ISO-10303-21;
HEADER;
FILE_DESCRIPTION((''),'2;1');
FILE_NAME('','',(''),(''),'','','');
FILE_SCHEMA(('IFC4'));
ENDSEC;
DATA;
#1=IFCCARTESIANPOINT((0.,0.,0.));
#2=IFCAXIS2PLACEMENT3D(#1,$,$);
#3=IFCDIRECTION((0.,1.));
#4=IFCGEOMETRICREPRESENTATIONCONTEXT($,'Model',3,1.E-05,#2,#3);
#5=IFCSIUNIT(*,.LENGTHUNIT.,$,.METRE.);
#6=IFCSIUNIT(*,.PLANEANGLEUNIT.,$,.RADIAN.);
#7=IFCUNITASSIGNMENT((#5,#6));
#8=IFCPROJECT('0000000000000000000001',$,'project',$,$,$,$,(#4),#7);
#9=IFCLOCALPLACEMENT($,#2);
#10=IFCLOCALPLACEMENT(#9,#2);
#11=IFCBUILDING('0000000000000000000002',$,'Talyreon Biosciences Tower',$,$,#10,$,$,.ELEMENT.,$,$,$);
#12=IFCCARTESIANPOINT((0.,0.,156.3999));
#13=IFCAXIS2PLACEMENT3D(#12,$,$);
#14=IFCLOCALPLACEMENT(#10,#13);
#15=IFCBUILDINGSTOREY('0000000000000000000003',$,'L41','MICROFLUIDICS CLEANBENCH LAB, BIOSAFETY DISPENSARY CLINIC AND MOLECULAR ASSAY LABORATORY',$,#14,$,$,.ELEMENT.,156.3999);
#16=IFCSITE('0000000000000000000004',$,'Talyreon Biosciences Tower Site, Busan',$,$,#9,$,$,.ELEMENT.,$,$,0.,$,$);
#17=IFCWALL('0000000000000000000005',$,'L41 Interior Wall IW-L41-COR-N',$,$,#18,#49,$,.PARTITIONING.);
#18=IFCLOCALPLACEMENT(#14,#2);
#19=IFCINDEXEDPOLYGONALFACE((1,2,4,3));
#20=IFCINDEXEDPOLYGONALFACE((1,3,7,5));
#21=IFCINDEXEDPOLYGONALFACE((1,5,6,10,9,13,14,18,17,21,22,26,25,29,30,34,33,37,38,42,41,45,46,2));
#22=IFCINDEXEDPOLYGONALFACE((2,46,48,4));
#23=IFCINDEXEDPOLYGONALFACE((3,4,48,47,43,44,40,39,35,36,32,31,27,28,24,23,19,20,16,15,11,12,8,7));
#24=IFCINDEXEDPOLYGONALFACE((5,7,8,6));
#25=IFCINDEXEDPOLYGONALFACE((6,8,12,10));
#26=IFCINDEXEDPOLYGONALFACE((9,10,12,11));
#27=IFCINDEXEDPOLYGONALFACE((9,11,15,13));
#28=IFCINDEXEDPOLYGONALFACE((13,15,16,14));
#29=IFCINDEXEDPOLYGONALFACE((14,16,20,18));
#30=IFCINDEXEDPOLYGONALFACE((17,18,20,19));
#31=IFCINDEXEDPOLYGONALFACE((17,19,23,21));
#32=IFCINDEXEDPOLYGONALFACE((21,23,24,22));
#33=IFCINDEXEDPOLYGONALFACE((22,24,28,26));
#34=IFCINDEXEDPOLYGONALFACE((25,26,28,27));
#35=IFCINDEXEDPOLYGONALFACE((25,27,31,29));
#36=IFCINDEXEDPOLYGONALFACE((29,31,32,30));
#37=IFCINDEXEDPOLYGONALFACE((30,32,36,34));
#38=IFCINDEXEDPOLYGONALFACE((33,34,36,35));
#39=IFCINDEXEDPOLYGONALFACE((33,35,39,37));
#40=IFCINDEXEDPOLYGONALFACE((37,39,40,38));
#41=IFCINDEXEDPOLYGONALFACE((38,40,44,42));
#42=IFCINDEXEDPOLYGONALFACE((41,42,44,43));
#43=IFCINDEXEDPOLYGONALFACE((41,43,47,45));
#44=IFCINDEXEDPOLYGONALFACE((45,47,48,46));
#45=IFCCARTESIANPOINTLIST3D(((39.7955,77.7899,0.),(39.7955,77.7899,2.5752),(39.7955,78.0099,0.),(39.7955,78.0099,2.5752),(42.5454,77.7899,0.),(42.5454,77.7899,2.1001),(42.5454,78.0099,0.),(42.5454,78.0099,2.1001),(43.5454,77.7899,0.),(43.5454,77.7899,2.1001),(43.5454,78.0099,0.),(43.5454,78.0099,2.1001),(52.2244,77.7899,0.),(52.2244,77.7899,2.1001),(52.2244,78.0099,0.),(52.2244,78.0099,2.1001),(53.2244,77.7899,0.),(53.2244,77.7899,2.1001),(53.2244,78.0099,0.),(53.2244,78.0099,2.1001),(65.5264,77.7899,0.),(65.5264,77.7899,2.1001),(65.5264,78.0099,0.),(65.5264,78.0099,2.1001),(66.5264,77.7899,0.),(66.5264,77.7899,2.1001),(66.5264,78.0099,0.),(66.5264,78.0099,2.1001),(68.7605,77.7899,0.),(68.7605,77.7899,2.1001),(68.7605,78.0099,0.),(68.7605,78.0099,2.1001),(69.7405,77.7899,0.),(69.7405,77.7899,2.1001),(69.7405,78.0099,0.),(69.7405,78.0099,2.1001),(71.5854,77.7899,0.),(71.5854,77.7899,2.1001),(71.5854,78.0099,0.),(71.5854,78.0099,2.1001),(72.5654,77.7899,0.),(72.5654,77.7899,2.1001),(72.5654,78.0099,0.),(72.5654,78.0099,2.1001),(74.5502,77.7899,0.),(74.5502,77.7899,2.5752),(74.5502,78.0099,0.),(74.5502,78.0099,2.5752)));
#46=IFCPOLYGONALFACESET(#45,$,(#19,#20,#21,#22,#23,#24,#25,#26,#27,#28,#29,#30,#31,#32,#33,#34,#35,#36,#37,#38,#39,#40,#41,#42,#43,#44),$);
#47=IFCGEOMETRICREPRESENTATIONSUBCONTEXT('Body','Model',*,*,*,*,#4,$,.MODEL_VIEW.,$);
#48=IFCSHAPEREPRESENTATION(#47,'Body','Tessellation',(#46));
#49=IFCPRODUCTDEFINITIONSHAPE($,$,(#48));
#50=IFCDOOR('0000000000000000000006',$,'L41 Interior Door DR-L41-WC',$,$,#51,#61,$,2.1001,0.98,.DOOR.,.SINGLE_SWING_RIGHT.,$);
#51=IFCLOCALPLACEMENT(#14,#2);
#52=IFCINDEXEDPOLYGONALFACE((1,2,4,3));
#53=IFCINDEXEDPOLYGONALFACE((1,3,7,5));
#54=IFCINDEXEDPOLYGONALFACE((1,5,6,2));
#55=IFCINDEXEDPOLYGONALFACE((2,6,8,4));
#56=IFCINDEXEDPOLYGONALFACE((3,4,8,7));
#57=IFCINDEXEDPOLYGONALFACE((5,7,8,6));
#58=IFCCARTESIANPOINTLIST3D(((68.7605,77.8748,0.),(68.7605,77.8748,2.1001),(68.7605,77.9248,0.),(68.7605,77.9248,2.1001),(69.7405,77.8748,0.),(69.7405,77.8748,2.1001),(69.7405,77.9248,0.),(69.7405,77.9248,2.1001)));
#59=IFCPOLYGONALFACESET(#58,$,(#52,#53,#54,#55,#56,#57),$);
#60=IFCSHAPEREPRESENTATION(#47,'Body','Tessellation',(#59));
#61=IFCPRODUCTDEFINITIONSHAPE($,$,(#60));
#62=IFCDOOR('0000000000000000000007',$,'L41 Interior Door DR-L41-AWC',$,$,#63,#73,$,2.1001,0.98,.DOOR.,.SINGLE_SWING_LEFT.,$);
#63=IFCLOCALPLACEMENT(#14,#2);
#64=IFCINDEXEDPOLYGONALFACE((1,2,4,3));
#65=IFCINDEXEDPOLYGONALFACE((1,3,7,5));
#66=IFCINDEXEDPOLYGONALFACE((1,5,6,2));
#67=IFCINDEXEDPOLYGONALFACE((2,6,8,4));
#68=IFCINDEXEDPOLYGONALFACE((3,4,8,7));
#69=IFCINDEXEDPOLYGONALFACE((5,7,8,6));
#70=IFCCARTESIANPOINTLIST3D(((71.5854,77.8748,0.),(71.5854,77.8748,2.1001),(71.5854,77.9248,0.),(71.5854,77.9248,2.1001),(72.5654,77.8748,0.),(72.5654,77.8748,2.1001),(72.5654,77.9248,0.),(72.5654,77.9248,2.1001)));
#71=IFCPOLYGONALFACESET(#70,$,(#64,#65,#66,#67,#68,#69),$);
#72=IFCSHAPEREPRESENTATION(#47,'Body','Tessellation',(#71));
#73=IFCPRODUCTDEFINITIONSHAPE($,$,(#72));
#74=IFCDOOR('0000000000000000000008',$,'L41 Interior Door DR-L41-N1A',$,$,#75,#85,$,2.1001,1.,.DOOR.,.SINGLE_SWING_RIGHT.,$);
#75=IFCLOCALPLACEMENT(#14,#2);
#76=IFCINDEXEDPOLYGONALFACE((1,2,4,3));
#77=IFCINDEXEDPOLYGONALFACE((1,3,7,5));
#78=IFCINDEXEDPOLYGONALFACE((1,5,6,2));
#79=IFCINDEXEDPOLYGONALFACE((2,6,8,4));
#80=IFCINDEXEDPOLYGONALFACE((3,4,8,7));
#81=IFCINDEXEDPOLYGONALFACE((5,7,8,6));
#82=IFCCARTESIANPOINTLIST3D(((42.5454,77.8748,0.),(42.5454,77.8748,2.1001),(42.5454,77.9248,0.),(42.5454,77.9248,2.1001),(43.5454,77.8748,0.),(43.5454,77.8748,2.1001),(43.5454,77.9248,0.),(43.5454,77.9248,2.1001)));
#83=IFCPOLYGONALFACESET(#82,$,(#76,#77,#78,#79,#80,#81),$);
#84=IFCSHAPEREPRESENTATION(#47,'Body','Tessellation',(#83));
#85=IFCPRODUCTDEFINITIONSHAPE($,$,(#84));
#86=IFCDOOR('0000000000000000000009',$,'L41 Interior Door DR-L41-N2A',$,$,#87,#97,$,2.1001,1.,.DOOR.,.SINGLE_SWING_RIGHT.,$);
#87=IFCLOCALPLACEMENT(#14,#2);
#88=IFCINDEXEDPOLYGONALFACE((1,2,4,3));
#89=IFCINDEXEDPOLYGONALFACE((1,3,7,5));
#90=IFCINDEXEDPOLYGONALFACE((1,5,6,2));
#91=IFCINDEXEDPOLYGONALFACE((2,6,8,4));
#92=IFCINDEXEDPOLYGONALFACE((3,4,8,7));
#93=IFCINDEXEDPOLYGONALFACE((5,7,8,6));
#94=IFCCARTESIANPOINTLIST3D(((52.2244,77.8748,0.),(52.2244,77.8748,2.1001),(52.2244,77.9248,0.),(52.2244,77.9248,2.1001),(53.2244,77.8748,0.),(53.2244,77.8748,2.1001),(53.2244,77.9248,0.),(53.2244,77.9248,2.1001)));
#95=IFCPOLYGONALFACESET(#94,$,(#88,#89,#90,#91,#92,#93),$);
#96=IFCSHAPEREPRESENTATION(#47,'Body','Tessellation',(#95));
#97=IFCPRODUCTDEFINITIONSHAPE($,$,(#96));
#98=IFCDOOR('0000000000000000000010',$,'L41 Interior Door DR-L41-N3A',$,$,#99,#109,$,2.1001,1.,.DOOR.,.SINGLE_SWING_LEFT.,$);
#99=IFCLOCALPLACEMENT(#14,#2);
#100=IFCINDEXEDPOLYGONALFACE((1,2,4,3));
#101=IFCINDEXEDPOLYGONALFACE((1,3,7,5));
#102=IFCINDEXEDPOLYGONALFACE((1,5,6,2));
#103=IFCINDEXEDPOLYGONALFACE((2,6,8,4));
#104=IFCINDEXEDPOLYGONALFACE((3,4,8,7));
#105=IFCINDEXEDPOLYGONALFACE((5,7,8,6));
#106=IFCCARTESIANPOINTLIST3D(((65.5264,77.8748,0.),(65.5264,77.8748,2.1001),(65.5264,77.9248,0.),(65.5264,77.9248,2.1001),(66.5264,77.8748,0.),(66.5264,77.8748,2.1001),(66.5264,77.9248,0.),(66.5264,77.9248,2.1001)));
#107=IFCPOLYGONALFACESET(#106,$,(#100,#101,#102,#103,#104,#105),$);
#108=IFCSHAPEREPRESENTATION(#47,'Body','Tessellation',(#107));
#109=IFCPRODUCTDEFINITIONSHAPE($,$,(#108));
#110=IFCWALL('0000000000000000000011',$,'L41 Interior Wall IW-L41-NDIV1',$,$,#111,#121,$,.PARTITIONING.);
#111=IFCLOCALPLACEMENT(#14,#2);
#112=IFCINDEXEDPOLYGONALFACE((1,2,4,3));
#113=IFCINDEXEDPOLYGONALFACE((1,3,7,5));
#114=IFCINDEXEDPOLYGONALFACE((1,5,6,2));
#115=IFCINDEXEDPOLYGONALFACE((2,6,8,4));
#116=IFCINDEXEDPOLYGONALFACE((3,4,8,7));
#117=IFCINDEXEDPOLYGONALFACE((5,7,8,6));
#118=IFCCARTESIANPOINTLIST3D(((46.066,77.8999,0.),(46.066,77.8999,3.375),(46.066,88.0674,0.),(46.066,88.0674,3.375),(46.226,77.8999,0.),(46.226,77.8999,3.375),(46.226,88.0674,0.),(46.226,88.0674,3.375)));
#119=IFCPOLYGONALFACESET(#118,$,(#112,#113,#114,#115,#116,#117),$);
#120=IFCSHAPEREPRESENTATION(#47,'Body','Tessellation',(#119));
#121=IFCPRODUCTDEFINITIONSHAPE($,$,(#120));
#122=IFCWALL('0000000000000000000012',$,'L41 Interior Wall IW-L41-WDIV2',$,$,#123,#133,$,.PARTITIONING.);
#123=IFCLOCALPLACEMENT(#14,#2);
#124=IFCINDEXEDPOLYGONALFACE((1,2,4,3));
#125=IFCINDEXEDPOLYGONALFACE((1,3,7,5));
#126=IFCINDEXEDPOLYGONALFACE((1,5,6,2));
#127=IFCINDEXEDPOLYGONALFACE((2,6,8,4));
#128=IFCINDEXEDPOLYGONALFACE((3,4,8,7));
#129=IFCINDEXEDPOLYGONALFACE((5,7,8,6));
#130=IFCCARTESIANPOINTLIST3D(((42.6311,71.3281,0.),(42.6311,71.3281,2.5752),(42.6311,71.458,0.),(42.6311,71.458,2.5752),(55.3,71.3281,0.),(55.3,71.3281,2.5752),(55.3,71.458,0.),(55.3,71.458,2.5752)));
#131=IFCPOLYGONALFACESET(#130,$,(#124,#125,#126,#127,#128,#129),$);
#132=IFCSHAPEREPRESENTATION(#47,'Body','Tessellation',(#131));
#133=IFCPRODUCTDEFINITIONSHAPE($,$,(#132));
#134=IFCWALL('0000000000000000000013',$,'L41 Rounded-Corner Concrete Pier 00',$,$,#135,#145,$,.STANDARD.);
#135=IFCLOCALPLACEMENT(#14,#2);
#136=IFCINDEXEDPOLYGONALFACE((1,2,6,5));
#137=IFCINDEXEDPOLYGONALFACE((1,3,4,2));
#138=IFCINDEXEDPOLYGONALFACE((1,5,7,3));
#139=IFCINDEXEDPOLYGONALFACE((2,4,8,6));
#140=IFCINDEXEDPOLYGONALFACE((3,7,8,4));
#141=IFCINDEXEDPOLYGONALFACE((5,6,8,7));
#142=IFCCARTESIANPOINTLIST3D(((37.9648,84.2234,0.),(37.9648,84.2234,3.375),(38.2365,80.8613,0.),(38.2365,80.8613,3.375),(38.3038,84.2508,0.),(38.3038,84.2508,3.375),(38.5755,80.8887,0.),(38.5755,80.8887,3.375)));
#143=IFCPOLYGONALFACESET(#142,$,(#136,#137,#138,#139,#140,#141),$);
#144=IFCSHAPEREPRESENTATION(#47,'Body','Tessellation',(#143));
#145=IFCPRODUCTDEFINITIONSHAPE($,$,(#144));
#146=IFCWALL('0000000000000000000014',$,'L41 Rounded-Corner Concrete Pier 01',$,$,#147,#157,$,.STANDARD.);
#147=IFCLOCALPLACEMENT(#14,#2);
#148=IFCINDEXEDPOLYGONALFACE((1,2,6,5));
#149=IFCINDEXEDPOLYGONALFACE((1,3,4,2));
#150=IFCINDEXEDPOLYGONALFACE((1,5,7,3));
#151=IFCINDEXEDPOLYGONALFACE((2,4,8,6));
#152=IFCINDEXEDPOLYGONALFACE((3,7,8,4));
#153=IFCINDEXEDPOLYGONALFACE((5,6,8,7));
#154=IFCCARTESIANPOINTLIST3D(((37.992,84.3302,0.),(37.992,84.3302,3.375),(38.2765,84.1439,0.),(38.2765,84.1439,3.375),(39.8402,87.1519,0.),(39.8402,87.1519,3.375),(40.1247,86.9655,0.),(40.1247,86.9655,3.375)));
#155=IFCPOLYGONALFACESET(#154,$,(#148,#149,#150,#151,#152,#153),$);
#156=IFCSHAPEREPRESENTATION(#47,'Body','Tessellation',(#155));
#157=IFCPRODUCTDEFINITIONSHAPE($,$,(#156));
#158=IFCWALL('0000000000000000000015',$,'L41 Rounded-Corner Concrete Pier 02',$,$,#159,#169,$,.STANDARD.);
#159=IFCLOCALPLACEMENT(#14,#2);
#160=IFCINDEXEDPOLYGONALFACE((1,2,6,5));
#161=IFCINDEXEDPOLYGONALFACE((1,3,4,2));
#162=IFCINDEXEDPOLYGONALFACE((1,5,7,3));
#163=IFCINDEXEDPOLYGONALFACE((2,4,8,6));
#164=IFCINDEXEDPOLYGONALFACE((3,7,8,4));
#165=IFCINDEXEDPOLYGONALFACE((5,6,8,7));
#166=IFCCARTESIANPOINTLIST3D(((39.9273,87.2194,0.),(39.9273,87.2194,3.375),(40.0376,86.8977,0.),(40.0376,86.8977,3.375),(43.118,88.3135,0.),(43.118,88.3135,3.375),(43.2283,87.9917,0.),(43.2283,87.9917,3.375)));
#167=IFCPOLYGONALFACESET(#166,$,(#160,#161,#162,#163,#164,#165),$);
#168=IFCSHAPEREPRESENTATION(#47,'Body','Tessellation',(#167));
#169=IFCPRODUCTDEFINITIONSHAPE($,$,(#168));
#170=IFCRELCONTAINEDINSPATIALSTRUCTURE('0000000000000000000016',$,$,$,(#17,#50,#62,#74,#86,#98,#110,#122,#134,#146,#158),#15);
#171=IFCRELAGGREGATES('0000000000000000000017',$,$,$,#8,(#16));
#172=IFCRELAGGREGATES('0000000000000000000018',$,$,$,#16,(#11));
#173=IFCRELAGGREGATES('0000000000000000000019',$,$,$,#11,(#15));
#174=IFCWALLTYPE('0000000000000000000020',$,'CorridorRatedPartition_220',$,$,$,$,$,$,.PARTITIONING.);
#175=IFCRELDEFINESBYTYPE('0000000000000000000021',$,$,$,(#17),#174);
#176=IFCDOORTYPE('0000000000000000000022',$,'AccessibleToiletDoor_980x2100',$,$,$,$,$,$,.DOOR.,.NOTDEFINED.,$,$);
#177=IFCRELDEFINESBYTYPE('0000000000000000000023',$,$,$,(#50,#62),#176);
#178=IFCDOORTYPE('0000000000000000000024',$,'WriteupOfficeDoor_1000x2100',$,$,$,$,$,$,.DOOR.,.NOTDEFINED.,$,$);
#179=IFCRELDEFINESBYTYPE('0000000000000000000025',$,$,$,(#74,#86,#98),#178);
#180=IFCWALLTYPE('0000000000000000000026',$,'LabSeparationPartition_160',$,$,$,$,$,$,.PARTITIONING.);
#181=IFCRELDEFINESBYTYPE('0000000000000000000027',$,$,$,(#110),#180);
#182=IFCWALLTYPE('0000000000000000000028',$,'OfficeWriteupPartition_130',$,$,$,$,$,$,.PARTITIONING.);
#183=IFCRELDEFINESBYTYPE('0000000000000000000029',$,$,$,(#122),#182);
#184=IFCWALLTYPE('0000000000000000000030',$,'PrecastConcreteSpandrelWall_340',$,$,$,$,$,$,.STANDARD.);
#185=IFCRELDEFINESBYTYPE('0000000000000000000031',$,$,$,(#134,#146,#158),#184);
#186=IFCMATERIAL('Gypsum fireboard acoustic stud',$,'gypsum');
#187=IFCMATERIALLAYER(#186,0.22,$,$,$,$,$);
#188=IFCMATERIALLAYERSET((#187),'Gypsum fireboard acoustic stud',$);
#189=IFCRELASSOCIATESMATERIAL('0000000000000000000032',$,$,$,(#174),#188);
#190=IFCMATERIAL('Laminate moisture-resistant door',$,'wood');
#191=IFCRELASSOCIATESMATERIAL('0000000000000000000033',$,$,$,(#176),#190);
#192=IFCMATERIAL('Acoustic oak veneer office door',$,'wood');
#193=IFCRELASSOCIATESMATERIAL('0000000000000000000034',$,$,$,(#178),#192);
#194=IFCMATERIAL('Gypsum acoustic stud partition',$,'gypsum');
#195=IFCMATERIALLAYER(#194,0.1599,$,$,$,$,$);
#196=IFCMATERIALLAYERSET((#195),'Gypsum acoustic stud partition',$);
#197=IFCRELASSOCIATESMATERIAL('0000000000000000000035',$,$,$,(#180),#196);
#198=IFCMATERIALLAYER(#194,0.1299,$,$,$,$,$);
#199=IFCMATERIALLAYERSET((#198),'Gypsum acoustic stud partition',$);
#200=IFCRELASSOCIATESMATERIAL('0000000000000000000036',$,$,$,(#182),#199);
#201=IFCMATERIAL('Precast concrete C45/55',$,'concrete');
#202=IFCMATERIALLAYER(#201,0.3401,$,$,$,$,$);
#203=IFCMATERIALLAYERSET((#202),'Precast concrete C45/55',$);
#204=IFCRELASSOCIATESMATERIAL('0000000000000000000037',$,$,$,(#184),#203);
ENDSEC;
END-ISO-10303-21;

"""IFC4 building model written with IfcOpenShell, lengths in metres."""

from ifc_helpers import new_model, si_unit, direction, frame, frame_2d, origin, place, context, subcontext, project, spatial, rectangle, extrude, material, layer, layer_set, type_object, element, fill, save


model = new_model("IFC4")

# Units and contexts
model_context = context("Model", 3, precision=1e-05, world=origin(), true_north=direction((0.0, 1.0)))
body_context = subcontext(model_context, "Body", "Model", "MODEL_VIEW")
ifc_project = project(units=[si_unit("LENGTHUNIT", "METRE"), si_unit("PLANEANGLEUNIT", "RADIAN")], contexts=[model_context])

# Site, building, storey
site_placement = place(None, origin())
site = spatial("IfcSite", under=ifc_project, at=site_placement, Name="Talyreon Biosciences Tower Site, Busan", CompositionType="ELEMENT", RefElevation=0.0)
building_placement = place(site_placement, origin())
building = spatial("IfcBuilding", under=site, at=building_placement, Name="Talyreon Biosciences Tower", CompositionType="ELEMENT")
storey_placement = place(building_placement, frame((0.0, 0.0, 156.3999)))
storey = spatial("IfcBuildingStorey", under=building, at=storey_placement, Name="L41", Description="MICROFLUIDICS CLEANBENCH LAB, BIOSAFETY DISPENSARY CLINIC AND MOLECULAR ASSAY LABORATORY", CompositionType="ELEMENT", Elevation=156.3999)

# Shared definitions
ifc_material_1 = material(Name="Precast concrete C45/55", Category="concrete")

# Wall, openings, doors
ifc_material_2 = material(Name="Gypsum fireboard acoustic stud", Category="gypsum")
ifc_layer_1 = layer(ifc_material_2, 0.22)
ifc_layer_set_1 = layer_set([ifc_layer_1], Name="Gypsum fireboard acoustic stud")
wall_type_1 = type_object("IfcWallType", Name="CorridorRatedPartition_220", PredefinedType="PARTITIONING", material=ifc_layer_set_1)
wall_1_placement = place(storey_placement, frame((39.7954, 77.8999, 0.0), z_axis=(0.0, 0.0, 1.0), x_axis=(1.0, 0.0, 0.0)))
wall_1 = element("IfcWall", 1, at=wall_1_placement, inside=storey, type_object=wall_type_1, Name="L41 Interior Wall IW-L41-COR-N", PredefinedType="PARTITIONING", context=body_context, shape_type="SweptSolid", body=[
    extrude(rectangle(XDim=34.7546, YDim=0.22, at=frame_2d((17.3774, 0.0))), origin(), (0.0, 0.0, 1.0), 2.5752),
])
opening_1_placement = place(wall_1_placement, frame((28.9651, 0.0, 0.0)))
opening_1 = element("IfcOpeningElement", 2, at=opening_1_placement, cuts=wall_1, PredefinedType="OPENING", context=body_context, shape_type="SweptSolid", body=[
    extrude(rectangle(XDim=0.98, YDim=2.1001, at=frame_2d((0.49, 1.05))), frame((0.0, 0.1199, 0.0), z_axis=(0.0, -1.0, 0.0), x_axis=(1.0, 0.0, 0.0)), (0.0, 0.0, 1.0), 0.24),
])
opening_2_placement = place(wall_1_placement, frame((31.79, 0.0, 0.0)))
opening_2 = element("IfcOpeningElement", 3, at=opening_2_placement, cuts=wall_1, PredefinedType="OPENING", context=body_context, shape_type="SweptSolid", body=[
    extrude(rectangle(XDim=0.98, YDim=2.1001, at=frame_2d((0.49, 1.05))), frame((0.0, 0.1199, 0.0), z_axis=(0.0, -1.0, 0.0), x_axis=(1.0, 0.0, 0.0)), (0.0, 0.0, 1.0), 0.24),
])
opening_3_placement = place(wall_1_placement, frame((2.75, 0.0, 0.0)))
opening_3 = element("IfcOpeningElement", 4, at=opening_3_placement, cuts=wall_1, PredefinedType="OPENING", context=body_context, shape_type="SweptSolid", body=[
    extrude(rectangle(XDim=1.0, YDim=2.1001, at=frame_2d((0.5, 1.05))), frame((0.0, 0.1199, 0.0), z_axis=(0.0, -1.0, 0.0), x_axis=(1.0, 0.0, 0.0)), (0.0, 0.0, 1.0), 0.24),
])
opening_4_placement = place(wall_1_placement, frame((12.429, 0.0, 0.0)))
opening_4 = element("IfcOpeningElement", 5, at=opening_4_placement, cuts=wall_1, PredefinedType="OPENING", context=body_context, shape_type="SweptSolid", body=[
    extrude(rectangle(XDim=1.0, YDim=2.1001, at=frame_2d((0.5, 1.05))), frame((0.0, 0.1199, 0.0), z_axis=(0.0, -1.0, 0.0), x_axis=(1.0, 0.0, 0.0)), (0.0, 0.0, 1.0), 0.24),
])
opening_5_placement = place(wall_1_placement, frame((25.731, 0.0, 0.0)))
opening_5 = element("IfcOpeningElement", 6, at=opening_5_placement, cuts=wall_1, PredefinedType="OPENING", context=body_context, shape_type="SweptSolid", body=[
    extrude(rectangle(XDim=1.0, YDim=2.1001, at=frame_2d((0.5, 1.05))), frame((0.0, 0.1199, 0.0), z_axis=(0.0, -1.0, 0.0), x_axis=(1.0, 0.0, 0.0)), (0.0, 0.0, 1.0), 0.24),
])
ifc_material_3 = material(Name="Laminate moisture-resistant door", Category="wood")
door_type_1 = type_object("IfcDoorType", Name="AccessibleToiletDoor_980x2100", OperationType="NOTDEFINED", PredefinedType="DOOR", material=ifc_material_3)
door_1_placement = place(opening_1_placement, origin())
door_1 = element("IfcDoor", 7, at=door_1_placement, inside=storey, type_object=door_type_1, Name="L41 Interior Door DR-L41-WC", OperationType="SINGLE_SWING_RIGHT", OverallHeight=2.1001, OverallWidth=0.98, PredefinedType="DOOR", context=body_context, shape_type="SweptSolid", body=[
    extrude(rectangle(XDim=0.98, YDim=2.1001, at=frame_2d((0.49, 1.05))), frame((0.0, 0.0249, 0.0), z_axis=(0.0, -1.0, 0.0), x_axis=(1.0, 0.0, 0.0)), (0.0, 0.0, 1.0), 0.05),
])
fill(opening_1, door_1)
door_2_placement = place(opening_2_placement, origin())
door_2 = element("IfcDoor", 8, at=door_2_placement, inside=storey, type_object=door_type_1, Name="L41 Interior Door DR-L41-AWC", OperationType="SINGLE_SWING_LEFT", OverallHeight=2.1001, OverallWidth=0.98, PredefinedType="DOOR", context=body_context, shape_type="SweptSolid", body=[
    extrude(rectangle(XDim=0.98, YDim=2.1001, at=frame_2d((0.49, 1.05))), frame((0.0, 0.0249, 0.0), z_axis=(0.0, -1.0, 0.0), x_axis=(1.0, 0.0, 0.0)), (0.0, 0.0, 1.0), 0.05),
])
fill(opening_2, door_2)
ifc_material_4 = material(Name="Acoustic oak veneer office door", Category="wood")
door_type_2 = type_object("IfcDoorType", Name="WriteupOfficeDoor_1000x2100", OperationType="NOTDEFINED", PredefinedType="DOOR", material=ifc_material_4)
door_3_placement = place(opening_3_placement, origin())
door_3 = element("IfcDoor", 9, at=door_3_placement, inside=storey, type_object=door_type_2, Name="L41 Interior Door DR-L41-N1A", OperationType="SINGLE_SWING_RIGHT", OverallHeight=2.1001, OverallWidth=1.0, PredefinedType="DOOR", context=body_context, shape_type="SweptSolid", body=[
    extrude(rectangle(XDim=1.0, YDim=2.1001, at=frame_2d((0.5, 1.05))), frame((0.0, 0.0249, 0.0), z_axis=(0.0, -1.0, 0.0), x_axis=(1.0, 0.0, 0.0)), (0.0, 0.0, 1.0), 0.05),
])
fill(opening_3, door_3)
door_4_placement = place(opening_4_placement, origin())
door_4 = element("IfcDoor", 10, at=door_4_placement, inside=storey, type_object=door_type_2, Name="L41 Interior Door DR-L41-N2A", OperationType="SINGLE_SWING_RIGHT", OverallHeight=2.1001, OverallWidth=1.0, PredefinedType="DOOR", context=body_context, shape_type="SweptSolid", body=[
    extrude(rectangle(XDim=1.0, YDim=2.1001, at=frame_2d((0.5, 1.05))), frame((0.0, 0.0249, 0.0), z_axis=(0.0, -1.0, 0.0), x_axis=(1.0, 0.0, 0.0)), (0.0, 0.0, 1.0), 0.05),
])
fill(opening_4, door_4)
door_5_placement = place(opening_5_placement, origin())
door_5 = element("IfcDoor", 11, at=door_5_placement, inside=storey, type_object=door_type_2, Name="L41 Interior Door DR-L41-N3A", OperationType="SINGLE_SWING_LEFT", OverallHeight=2.1001, OverallWidth=1.0, PredefinedType="DOOR", context=body_context, shape_type="SweptSolid", body=[
    extrude(rectangle(XDim=1.0, YDim=2.1001, at=frame_2d((0.5, 1.05))), frame((0.0, 0.0249, 0.0), z_axis=(0.0, -1.0, 0.0), x_axis=(1.0, 0.0, 0.0)), (0.0, 0.0, 1.0), 0.05),
])
fill(opening_5, door_5)

# Walls
ifc_material_5 = material(Name="Gypsum acoustic stud partition", Category="gypsum")
ifc_layer_2 = layer(ifc_material_5, 0.1599)
ifc_layer_set_2 = layer_set([ifc_layer_2], Name="Gypsum acoustic stud partition")
wall_type_2 = type_object("IfcWallType", Name="LabSeparationPartition_160", PredefinedType="PARTITIONING", material=ifc_layer_set_2)
wall_2_placement = place(storey_placement, frame((46.146, 77.8999, 0.0), z_axis=(0.0, 0.0, 1.0), x_axis=(0.0, 1.0, 0.0)))
element("IfcWall", 12, at=wall_2_placement, inside=storey, type_object=wall_type_2, Name="L41 Interior Wall IW-L41-NDIV1", PredefinedType="PARTITIONING", context=body_context, shape_type="SweptSolid", body=[
    extrude(rectangle(XDim=10.1675, YDim=0.1599, at=frame_2d((5.0837, 0.0))), origin(), (0.0, 0.0, 1.0), 3.375),
])
ifc_layer_3 = layer(ifc_material_5, 0.1299)
ifc_layer_set_3 = layer_set([ifc_layer_3], Name="Gypsum acoustic stud partition")
wall_type_3 = type_object("IfcWallType", Name="OfficeWriteupPartition_130", PredefinedType="PARTITIONING", material=ifc_layer_set_3)
wall_3_placement = place(storey_placement, frame((42.6311, 71.3931, 0.0), z_axis=(0.0, 0.0, 1.0), x_axis=(1.0, 0.0, 0.0)))
element("IfcWall", 13, at=wall_3_placement, inside=storey, type_object=wall_type_3, Name="L41 Interior Wall IW-L41-WDIV2", PredefinedType="PARTITIONING", context=body_context, shape_type="SweptSolid", body=[
    extrude(rectangle(XDim=12.6689, YDim=0.1299, at=frame_2d((6.3345, 0.0))), origin(), (0.0, 0.0, 1.0), 2.5752),
])
ifc_layer_4 = layer(ifc_material_1, 0.3401)
ifc_layer_set_4 = layer_set([ifc_layer_4], Name="Precast concrete C45/55")
wall_type_4 = type_object("IfcWallType", Name="PrecastConcreteSpandrelWall_340", PredefinedType="STANDARD", material=ifc_layer_set_4)
for number, where, z_axis, x_axis, name in (
    (14, (38.406, 80.875, 0.0), (0.0, 0.0, 1.0), (-0.080559, 0.99675, 0.0), "L41 Rounded-Corner Concrete Pier 00"),
    (15, (38.1343, 84.2371, 0.0), (0.0, 0.0, 1.0), (0.547934, 0.836522, 0.0), "L41 Rounded-Corner Concrete Pier 01"),
    (16, (39.9824, 87.0586, 0.0), (0.0, 0.0, 1.0), (0.945942, 0.324337, 0.0), "L41 Rounded-Corner Concrete Pier 02"),
):
    element("IfcWall", number, at=place(storey_placement, frame(where, z_axis=z_axis, x_axis=x_axis)), inside=storey, type_object=wall_type_4, Name=name, PredefinedType="STANDARD", context=body_context, shape_type="SweptSolid", body=[
        extrude(rectangle(XDim=3.373, YDim=0.3401, at=frame_2d((1.6865, 0.0))), origin(), (0.0, 0.0, 1.0), 3.375),
    ])

save(model, "model.ifc")
